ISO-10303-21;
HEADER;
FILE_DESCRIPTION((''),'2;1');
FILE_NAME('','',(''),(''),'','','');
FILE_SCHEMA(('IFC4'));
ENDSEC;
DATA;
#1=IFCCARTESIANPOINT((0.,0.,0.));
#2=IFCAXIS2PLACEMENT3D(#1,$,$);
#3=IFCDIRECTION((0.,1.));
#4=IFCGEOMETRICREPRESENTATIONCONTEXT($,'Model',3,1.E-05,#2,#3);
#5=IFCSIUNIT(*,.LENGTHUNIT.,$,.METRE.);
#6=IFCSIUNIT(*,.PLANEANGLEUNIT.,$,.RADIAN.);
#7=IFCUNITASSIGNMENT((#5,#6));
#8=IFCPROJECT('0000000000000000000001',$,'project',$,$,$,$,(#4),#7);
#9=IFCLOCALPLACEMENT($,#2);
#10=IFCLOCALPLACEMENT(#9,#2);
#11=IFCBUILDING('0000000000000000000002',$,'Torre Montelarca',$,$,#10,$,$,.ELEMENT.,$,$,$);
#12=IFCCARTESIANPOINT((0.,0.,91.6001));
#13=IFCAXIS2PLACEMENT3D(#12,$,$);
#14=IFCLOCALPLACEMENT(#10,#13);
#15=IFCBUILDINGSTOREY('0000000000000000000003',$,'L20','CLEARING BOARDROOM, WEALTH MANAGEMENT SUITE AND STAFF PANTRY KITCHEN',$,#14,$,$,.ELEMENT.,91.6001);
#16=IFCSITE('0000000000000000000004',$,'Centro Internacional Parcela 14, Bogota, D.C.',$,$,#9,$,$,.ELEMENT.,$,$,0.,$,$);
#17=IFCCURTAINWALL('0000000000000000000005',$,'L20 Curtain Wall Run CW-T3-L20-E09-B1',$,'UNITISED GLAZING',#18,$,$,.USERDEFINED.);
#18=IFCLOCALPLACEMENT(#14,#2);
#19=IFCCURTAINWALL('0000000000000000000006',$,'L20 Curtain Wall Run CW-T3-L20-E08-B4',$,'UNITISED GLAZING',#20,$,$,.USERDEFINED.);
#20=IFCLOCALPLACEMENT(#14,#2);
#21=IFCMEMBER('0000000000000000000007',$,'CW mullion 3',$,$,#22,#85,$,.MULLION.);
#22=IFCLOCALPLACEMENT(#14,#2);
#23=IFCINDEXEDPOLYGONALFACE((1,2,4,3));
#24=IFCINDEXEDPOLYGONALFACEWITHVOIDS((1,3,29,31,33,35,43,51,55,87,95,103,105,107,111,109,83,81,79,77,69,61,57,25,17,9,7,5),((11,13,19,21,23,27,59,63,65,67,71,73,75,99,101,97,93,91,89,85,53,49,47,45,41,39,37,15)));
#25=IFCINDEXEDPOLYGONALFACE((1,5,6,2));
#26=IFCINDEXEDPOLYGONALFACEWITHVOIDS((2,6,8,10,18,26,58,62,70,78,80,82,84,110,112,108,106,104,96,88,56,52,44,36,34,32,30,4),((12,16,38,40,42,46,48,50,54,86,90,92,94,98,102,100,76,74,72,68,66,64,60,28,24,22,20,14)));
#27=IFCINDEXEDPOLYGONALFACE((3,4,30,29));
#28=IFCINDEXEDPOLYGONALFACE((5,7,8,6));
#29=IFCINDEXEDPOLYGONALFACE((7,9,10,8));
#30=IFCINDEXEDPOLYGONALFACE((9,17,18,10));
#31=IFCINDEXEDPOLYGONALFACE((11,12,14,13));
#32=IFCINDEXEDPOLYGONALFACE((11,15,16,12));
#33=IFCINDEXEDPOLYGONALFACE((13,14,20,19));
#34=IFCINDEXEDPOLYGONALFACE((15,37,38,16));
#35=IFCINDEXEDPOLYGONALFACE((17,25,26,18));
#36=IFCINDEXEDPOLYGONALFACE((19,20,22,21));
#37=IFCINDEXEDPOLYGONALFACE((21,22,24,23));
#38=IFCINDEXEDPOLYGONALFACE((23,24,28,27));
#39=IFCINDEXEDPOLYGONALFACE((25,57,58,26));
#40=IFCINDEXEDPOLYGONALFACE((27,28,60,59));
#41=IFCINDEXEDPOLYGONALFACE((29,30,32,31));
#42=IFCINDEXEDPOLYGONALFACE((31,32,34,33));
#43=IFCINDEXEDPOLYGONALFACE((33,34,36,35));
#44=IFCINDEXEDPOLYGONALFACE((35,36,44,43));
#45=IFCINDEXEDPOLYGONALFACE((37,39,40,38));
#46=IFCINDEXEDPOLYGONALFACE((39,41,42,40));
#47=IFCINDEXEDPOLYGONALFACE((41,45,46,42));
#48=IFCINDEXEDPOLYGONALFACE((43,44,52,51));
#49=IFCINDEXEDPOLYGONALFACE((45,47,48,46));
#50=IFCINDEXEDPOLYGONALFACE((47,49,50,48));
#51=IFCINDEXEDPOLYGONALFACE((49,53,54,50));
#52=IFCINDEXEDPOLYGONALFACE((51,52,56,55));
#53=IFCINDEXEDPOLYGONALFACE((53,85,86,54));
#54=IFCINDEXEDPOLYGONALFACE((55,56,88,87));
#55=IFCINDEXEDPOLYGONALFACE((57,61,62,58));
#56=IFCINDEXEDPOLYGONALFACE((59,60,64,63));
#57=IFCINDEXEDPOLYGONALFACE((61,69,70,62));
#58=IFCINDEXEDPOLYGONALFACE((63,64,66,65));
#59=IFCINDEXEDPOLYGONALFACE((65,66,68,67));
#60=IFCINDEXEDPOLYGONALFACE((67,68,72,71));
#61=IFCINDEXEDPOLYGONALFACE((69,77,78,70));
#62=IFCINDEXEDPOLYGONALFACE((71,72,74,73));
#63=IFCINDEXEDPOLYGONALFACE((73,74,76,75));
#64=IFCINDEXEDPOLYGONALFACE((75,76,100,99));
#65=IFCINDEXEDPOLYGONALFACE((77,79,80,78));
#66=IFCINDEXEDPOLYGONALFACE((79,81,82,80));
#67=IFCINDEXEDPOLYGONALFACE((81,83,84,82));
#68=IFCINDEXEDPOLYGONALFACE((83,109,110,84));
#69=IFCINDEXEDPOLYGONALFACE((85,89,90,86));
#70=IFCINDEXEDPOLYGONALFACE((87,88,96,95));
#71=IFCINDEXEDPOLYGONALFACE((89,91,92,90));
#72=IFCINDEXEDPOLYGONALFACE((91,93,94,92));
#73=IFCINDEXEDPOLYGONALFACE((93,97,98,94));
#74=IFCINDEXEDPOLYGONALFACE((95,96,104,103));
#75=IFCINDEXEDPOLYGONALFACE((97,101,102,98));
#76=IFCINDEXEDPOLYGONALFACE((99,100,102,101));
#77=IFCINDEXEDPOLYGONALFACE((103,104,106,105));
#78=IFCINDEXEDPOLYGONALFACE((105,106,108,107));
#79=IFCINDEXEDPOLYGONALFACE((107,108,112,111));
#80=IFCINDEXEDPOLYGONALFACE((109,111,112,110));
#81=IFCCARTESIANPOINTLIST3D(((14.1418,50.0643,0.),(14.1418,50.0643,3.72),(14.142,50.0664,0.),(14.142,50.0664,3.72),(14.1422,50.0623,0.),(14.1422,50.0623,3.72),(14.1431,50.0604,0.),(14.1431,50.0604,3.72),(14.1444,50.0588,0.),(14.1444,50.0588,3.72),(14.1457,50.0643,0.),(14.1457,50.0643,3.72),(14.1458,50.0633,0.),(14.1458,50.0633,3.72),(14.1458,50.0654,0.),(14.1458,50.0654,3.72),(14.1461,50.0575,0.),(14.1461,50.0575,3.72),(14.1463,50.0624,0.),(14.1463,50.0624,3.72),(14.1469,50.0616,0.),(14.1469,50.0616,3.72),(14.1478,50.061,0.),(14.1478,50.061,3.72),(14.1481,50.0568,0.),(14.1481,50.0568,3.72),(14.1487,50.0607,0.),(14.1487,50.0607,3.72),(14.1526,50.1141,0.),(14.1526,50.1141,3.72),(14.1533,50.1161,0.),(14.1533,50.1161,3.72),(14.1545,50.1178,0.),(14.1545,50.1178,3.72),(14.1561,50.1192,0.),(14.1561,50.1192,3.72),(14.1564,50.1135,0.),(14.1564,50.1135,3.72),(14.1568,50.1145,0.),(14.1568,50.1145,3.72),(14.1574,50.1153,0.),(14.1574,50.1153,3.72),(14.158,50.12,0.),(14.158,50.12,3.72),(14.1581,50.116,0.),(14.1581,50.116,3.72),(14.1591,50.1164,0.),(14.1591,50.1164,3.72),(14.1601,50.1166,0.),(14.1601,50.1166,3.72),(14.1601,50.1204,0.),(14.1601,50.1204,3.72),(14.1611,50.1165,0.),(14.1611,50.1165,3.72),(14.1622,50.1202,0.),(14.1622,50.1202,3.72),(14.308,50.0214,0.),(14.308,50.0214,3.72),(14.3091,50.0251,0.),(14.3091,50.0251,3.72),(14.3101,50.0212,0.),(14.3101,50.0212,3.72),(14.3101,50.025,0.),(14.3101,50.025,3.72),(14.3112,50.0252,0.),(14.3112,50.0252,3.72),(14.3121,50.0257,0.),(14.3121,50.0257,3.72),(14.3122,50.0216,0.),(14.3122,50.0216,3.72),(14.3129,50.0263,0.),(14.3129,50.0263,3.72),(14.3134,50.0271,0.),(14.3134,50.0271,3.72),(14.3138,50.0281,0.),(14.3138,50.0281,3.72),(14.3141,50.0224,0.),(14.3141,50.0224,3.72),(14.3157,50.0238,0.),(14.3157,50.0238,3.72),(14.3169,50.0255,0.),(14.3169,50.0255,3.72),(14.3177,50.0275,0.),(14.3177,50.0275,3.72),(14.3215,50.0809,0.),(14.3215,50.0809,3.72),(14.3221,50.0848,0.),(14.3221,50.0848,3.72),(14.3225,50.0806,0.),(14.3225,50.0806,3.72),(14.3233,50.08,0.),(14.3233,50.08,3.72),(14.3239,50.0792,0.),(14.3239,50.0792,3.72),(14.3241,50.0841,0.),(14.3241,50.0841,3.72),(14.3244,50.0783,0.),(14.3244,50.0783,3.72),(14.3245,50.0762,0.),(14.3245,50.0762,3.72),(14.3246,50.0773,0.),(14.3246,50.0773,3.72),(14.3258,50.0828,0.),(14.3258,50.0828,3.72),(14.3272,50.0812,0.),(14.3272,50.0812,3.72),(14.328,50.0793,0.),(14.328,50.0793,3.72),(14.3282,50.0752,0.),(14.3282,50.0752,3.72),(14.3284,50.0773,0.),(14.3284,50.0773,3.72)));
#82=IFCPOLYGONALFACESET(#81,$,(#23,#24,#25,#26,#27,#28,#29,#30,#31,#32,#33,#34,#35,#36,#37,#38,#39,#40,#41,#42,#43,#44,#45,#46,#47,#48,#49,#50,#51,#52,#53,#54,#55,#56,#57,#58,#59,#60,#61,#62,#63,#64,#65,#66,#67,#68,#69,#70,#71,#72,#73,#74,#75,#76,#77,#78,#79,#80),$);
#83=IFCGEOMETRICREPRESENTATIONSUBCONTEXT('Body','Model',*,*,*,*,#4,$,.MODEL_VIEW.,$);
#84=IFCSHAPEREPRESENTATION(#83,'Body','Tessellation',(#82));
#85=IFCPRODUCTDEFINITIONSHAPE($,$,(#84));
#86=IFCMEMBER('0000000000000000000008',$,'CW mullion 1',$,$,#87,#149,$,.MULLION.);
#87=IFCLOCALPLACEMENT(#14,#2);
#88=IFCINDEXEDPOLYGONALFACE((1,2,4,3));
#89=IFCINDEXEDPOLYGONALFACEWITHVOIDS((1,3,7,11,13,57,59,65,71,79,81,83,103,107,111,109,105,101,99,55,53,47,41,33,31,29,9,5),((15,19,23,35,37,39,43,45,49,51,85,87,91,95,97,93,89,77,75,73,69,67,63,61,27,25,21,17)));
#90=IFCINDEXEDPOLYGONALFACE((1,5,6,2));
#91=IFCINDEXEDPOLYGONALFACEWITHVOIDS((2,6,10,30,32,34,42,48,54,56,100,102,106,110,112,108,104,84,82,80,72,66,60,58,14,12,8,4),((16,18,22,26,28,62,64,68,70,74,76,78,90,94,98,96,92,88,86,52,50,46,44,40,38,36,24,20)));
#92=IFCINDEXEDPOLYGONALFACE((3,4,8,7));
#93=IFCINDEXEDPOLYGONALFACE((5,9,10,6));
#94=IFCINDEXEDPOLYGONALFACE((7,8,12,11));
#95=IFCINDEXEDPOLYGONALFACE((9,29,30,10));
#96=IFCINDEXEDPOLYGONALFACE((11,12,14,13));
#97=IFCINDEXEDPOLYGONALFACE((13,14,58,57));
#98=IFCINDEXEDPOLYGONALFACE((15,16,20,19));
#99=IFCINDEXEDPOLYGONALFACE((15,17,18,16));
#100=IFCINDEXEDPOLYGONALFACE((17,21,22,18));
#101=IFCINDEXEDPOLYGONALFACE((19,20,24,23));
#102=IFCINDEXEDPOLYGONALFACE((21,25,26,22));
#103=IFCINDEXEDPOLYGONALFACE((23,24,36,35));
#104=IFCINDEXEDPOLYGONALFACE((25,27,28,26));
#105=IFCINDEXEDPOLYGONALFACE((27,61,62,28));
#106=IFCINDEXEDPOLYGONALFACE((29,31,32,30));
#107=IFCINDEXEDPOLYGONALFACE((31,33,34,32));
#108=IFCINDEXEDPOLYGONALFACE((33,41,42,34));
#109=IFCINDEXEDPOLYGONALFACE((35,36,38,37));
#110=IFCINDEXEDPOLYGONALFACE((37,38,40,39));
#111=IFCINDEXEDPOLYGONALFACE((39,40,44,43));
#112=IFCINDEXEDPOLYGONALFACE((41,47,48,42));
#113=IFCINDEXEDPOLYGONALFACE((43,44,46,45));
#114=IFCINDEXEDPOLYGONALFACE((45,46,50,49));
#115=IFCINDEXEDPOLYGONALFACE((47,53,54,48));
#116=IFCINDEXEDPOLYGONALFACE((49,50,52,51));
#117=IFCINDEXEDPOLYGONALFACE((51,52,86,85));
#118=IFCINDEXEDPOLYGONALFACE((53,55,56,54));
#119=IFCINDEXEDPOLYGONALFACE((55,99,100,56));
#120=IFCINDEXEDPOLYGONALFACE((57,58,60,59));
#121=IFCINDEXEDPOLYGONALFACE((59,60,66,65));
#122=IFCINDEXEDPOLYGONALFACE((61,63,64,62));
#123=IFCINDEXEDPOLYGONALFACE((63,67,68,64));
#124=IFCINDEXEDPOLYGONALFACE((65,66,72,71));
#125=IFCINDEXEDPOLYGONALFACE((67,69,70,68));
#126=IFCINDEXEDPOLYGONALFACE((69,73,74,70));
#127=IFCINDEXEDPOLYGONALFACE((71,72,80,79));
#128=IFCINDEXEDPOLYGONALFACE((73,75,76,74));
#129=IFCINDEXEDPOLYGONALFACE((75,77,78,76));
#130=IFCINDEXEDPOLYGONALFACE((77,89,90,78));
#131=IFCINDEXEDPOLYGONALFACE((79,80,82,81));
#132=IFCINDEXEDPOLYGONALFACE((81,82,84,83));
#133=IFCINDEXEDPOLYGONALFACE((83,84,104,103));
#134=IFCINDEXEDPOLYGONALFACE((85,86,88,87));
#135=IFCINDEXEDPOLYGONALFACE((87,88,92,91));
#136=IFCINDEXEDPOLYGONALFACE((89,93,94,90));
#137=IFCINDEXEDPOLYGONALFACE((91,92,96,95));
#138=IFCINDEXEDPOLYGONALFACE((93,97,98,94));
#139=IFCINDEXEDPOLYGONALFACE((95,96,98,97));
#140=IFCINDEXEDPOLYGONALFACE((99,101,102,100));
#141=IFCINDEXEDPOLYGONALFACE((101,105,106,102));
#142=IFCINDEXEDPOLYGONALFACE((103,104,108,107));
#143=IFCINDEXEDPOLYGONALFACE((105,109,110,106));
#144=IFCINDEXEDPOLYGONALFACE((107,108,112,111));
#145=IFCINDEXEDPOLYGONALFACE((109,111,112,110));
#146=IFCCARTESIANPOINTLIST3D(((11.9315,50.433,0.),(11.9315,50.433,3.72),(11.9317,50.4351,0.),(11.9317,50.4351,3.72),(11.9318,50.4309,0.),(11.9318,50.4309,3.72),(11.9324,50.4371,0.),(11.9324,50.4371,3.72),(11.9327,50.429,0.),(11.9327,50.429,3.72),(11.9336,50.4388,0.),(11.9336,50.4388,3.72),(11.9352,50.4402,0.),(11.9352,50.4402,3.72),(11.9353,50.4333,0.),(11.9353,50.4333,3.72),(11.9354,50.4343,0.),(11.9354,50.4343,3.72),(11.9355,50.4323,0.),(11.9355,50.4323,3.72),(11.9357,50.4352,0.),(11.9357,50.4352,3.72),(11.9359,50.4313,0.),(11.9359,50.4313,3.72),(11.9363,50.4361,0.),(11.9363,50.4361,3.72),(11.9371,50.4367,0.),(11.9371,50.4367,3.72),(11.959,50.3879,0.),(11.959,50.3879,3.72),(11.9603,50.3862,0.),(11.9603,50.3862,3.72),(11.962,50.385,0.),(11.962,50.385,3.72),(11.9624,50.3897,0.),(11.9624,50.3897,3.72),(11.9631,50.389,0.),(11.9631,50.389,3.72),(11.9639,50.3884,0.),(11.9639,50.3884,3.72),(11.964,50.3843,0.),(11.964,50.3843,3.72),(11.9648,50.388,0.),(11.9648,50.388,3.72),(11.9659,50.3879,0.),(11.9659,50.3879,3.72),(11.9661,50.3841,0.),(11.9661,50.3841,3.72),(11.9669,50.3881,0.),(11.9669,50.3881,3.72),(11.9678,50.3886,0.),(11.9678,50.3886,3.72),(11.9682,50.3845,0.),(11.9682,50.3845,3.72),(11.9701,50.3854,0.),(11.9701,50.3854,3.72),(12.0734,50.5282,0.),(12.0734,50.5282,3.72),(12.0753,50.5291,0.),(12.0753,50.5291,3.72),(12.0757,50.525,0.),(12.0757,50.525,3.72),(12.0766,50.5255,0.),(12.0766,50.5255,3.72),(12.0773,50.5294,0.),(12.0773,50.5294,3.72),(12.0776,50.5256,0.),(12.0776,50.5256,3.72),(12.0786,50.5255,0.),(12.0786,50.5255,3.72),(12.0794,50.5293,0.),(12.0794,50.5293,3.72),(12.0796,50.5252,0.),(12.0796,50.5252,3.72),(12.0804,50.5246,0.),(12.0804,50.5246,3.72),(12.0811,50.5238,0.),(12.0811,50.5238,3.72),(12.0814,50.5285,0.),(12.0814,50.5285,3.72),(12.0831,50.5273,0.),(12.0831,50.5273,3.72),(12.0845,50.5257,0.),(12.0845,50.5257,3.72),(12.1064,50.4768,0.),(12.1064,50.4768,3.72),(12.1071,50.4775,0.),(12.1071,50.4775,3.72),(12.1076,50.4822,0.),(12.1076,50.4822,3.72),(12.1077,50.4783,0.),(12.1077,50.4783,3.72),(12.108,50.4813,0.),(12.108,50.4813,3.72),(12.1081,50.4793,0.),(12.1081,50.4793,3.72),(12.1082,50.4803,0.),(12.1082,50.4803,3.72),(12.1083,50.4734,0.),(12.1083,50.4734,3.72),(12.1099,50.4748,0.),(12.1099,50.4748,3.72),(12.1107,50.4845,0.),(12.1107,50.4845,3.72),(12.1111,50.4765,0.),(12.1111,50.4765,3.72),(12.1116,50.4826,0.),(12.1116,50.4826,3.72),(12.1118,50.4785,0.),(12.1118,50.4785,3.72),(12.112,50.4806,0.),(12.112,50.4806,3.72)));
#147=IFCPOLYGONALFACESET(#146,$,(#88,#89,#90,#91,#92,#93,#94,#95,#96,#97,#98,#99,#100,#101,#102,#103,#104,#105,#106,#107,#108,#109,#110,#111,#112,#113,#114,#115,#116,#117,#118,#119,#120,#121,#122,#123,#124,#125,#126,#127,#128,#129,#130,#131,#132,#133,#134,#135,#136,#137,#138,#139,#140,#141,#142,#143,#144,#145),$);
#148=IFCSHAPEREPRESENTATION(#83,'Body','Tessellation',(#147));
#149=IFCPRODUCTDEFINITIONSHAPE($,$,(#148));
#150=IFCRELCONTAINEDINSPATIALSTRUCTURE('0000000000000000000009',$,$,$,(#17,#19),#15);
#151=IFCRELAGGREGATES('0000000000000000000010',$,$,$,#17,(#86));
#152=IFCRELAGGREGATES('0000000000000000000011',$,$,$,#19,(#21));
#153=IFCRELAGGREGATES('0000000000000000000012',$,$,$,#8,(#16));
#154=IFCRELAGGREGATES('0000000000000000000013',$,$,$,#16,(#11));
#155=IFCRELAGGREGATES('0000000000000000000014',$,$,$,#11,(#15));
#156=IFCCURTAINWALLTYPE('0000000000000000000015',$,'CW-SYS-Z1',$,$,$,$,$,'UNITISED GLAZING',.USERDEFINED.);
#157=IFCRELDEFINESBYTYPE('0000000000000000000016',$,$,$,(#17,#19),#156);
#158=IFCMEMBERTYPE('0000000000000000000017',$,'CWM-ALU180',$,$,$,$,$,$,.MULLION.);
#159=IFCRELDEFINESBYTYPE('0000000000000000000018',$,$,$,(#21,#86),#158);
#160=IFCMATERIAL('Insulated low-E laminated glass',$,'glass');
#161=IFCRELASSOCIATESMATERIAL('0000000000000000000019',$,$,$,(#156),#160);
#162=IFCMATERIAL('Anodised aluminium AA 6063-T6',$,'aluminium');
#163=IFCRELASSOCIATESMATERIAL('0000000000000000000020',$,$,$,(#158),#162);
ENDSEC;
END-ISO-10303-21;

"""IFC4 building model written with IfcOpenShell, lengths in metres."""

from ifc_helpers import new_model, si_unit, direction, frame, origin, origin_2d, place, context, subcontext, project, spatial, hollow_rectangle, extrude, source, transform, mapped, material, material_profile, profile_set, type_object, element, aggregate, save


model = new_model("IFC4")

# Units and contexts
model_context = context("Model", 3, precision=1e-05, world=origin(), true_north=direction((0.0, 1.0)))
body_context = subcontext(model_context, "Body", "Model", "MODEL_VIEW")
ifc_project = project(units=[si_unit("LENGTHUNIT", "METRE"), si_unit("PLANEANGLEUNIT", "RADIAN")], contexts=[model_context])

# Site, building, storey
site_placement = place(None, origin())
site = spatial("IfcSite", under=ifc_project, at=site_placement, Name="Centro Internacional Parcela 14, Bogota, D.C.", CompositionType="ELEMENT", RefElevation=0.0)
building_placement = place(site_placement, origin())
building = spatial("IfcBuilding", under=site, at=building_placement, Name="Torre Montelarca", CompositionType="ELEMENT")
storey_placement = place(building_placement, frame((0.0, 0.0, 91.6001)))
storey = spatial("IfcBuildingStorey", under=building, at=storey_placement, Name="L20", Description="CLEARING BOARDROOM, WEALTH MANAGEMENT SUITE AND STAFF PANTRY KITCHEN", CompositionType="ELEMENT", Elevation=91.6001)

# Curtain walls, member
ifc_material_1 = material(Name="Insulated low-E laminated glass", Category="glass")
curtain_wall_type = type_object("IfcCurtainWallType", Name="CW-SYS-Z1", ElementType="UNITISED GLAZING", PredefinedType="USERDEFINED", material=ifc_material_1)
curtain_wall_1_placement = place(storey_placement, origin())
curtain_wall_1 = element("IfcCurtainWall", 1, at=curtain_wall_1_placement, inside=storey, type_object=curtain_wall_type, Name="L20 Curtain Wall Run CW-T3-L20-E09-B1", ObjectType="UNITISED GLAZING", PredefinedType="USERDEFINED")
ifc_material_2 = material(Name="Anodised aluminium AA 6063-T6", Category="aluminium")
curtain_wall_2_placement = place(storey_placement, origin())
curtain_wall_2 = element("IfcCurtainWall", 2, at=curtain_wall_2_placement, inside=storey, type_object=curtain_wall_type, Name="L20 Curtain Wall Run CW-T3-L20-E08-B4", ObjectType="UNITISED GLAZING", PredefinedType="USERDEFINED")
ifc_material_profile_1 = material_profile(ifc_material_2, hollow_rectangle(XDim=0.0649, YDim=0.1799, WallThickness=0.0039, InnerFilletRadius=0.0039, OuterFilletRadius=0.0081, at=origin_2d()), Name="ALU65X180X4", Category="aluminium")
ifc_profile_set_1 = profile_set([ifc_material_profile_1], Name="Anodised aluminium AA 6063-T6")
member_type_1 = type_object("IfcMemberType", Name="CWM-ALU180", PredefinedType="MULLION", material=ifc_profile_set_1)
shared_shape_1 = source(origin(), body_context, "Body", "SweptSolid", [
    extrude(hollow_rectangle(XDim=0.0649, YDim=0.1799, WallThickness=0.0039, InnerFilletRadius=0.0039, OuterFilletRadius=0.0081, at=origin_2d()), origin(), (0.0, 0.0, 1.0), 3.72),
])
member_1_placement = place(storey_placement, frame((14.2351, 50.0708, 0.0), z_axis=(0.0, 0.0, 1.0), x_axis=(-0.216438, -0.976296, 0.0)))
member_1 = element("IfcMember", 3, at=member_1_placement, type_object=member_type_1, Name="CW mullion 3", PredefinedType="MULLION", context=body_context, shape_type="MappedRepresentation", body=[
    mapped(shared_shape_1, transform((0.0, 0.0, 0.0), scale=1.0)),
])

# Member
member_2_placement = place(storey_placement, frame((12.0217, 50.4568, 0.0), z_axis=(0.0, 0.0, 1.0), x_axis=(0.537316, -0.843381, 0.0)))
member_2 = element("IfcMember", 4, at=member_2_placement, type_object=member_type_1, Name="CW mullion 1", PredefinedType="MULLION", context=body_context, shape_type="MappedRepresentation", body=[
    mapped(shared_shape_1, transform((0.0, 0.0, 0.0), scale=1.0)),
])

aggregate(curtain_wall_1, [member_2])
aggregate(curtain_wall_2, [member_1])

save(model, "model.ifc")
